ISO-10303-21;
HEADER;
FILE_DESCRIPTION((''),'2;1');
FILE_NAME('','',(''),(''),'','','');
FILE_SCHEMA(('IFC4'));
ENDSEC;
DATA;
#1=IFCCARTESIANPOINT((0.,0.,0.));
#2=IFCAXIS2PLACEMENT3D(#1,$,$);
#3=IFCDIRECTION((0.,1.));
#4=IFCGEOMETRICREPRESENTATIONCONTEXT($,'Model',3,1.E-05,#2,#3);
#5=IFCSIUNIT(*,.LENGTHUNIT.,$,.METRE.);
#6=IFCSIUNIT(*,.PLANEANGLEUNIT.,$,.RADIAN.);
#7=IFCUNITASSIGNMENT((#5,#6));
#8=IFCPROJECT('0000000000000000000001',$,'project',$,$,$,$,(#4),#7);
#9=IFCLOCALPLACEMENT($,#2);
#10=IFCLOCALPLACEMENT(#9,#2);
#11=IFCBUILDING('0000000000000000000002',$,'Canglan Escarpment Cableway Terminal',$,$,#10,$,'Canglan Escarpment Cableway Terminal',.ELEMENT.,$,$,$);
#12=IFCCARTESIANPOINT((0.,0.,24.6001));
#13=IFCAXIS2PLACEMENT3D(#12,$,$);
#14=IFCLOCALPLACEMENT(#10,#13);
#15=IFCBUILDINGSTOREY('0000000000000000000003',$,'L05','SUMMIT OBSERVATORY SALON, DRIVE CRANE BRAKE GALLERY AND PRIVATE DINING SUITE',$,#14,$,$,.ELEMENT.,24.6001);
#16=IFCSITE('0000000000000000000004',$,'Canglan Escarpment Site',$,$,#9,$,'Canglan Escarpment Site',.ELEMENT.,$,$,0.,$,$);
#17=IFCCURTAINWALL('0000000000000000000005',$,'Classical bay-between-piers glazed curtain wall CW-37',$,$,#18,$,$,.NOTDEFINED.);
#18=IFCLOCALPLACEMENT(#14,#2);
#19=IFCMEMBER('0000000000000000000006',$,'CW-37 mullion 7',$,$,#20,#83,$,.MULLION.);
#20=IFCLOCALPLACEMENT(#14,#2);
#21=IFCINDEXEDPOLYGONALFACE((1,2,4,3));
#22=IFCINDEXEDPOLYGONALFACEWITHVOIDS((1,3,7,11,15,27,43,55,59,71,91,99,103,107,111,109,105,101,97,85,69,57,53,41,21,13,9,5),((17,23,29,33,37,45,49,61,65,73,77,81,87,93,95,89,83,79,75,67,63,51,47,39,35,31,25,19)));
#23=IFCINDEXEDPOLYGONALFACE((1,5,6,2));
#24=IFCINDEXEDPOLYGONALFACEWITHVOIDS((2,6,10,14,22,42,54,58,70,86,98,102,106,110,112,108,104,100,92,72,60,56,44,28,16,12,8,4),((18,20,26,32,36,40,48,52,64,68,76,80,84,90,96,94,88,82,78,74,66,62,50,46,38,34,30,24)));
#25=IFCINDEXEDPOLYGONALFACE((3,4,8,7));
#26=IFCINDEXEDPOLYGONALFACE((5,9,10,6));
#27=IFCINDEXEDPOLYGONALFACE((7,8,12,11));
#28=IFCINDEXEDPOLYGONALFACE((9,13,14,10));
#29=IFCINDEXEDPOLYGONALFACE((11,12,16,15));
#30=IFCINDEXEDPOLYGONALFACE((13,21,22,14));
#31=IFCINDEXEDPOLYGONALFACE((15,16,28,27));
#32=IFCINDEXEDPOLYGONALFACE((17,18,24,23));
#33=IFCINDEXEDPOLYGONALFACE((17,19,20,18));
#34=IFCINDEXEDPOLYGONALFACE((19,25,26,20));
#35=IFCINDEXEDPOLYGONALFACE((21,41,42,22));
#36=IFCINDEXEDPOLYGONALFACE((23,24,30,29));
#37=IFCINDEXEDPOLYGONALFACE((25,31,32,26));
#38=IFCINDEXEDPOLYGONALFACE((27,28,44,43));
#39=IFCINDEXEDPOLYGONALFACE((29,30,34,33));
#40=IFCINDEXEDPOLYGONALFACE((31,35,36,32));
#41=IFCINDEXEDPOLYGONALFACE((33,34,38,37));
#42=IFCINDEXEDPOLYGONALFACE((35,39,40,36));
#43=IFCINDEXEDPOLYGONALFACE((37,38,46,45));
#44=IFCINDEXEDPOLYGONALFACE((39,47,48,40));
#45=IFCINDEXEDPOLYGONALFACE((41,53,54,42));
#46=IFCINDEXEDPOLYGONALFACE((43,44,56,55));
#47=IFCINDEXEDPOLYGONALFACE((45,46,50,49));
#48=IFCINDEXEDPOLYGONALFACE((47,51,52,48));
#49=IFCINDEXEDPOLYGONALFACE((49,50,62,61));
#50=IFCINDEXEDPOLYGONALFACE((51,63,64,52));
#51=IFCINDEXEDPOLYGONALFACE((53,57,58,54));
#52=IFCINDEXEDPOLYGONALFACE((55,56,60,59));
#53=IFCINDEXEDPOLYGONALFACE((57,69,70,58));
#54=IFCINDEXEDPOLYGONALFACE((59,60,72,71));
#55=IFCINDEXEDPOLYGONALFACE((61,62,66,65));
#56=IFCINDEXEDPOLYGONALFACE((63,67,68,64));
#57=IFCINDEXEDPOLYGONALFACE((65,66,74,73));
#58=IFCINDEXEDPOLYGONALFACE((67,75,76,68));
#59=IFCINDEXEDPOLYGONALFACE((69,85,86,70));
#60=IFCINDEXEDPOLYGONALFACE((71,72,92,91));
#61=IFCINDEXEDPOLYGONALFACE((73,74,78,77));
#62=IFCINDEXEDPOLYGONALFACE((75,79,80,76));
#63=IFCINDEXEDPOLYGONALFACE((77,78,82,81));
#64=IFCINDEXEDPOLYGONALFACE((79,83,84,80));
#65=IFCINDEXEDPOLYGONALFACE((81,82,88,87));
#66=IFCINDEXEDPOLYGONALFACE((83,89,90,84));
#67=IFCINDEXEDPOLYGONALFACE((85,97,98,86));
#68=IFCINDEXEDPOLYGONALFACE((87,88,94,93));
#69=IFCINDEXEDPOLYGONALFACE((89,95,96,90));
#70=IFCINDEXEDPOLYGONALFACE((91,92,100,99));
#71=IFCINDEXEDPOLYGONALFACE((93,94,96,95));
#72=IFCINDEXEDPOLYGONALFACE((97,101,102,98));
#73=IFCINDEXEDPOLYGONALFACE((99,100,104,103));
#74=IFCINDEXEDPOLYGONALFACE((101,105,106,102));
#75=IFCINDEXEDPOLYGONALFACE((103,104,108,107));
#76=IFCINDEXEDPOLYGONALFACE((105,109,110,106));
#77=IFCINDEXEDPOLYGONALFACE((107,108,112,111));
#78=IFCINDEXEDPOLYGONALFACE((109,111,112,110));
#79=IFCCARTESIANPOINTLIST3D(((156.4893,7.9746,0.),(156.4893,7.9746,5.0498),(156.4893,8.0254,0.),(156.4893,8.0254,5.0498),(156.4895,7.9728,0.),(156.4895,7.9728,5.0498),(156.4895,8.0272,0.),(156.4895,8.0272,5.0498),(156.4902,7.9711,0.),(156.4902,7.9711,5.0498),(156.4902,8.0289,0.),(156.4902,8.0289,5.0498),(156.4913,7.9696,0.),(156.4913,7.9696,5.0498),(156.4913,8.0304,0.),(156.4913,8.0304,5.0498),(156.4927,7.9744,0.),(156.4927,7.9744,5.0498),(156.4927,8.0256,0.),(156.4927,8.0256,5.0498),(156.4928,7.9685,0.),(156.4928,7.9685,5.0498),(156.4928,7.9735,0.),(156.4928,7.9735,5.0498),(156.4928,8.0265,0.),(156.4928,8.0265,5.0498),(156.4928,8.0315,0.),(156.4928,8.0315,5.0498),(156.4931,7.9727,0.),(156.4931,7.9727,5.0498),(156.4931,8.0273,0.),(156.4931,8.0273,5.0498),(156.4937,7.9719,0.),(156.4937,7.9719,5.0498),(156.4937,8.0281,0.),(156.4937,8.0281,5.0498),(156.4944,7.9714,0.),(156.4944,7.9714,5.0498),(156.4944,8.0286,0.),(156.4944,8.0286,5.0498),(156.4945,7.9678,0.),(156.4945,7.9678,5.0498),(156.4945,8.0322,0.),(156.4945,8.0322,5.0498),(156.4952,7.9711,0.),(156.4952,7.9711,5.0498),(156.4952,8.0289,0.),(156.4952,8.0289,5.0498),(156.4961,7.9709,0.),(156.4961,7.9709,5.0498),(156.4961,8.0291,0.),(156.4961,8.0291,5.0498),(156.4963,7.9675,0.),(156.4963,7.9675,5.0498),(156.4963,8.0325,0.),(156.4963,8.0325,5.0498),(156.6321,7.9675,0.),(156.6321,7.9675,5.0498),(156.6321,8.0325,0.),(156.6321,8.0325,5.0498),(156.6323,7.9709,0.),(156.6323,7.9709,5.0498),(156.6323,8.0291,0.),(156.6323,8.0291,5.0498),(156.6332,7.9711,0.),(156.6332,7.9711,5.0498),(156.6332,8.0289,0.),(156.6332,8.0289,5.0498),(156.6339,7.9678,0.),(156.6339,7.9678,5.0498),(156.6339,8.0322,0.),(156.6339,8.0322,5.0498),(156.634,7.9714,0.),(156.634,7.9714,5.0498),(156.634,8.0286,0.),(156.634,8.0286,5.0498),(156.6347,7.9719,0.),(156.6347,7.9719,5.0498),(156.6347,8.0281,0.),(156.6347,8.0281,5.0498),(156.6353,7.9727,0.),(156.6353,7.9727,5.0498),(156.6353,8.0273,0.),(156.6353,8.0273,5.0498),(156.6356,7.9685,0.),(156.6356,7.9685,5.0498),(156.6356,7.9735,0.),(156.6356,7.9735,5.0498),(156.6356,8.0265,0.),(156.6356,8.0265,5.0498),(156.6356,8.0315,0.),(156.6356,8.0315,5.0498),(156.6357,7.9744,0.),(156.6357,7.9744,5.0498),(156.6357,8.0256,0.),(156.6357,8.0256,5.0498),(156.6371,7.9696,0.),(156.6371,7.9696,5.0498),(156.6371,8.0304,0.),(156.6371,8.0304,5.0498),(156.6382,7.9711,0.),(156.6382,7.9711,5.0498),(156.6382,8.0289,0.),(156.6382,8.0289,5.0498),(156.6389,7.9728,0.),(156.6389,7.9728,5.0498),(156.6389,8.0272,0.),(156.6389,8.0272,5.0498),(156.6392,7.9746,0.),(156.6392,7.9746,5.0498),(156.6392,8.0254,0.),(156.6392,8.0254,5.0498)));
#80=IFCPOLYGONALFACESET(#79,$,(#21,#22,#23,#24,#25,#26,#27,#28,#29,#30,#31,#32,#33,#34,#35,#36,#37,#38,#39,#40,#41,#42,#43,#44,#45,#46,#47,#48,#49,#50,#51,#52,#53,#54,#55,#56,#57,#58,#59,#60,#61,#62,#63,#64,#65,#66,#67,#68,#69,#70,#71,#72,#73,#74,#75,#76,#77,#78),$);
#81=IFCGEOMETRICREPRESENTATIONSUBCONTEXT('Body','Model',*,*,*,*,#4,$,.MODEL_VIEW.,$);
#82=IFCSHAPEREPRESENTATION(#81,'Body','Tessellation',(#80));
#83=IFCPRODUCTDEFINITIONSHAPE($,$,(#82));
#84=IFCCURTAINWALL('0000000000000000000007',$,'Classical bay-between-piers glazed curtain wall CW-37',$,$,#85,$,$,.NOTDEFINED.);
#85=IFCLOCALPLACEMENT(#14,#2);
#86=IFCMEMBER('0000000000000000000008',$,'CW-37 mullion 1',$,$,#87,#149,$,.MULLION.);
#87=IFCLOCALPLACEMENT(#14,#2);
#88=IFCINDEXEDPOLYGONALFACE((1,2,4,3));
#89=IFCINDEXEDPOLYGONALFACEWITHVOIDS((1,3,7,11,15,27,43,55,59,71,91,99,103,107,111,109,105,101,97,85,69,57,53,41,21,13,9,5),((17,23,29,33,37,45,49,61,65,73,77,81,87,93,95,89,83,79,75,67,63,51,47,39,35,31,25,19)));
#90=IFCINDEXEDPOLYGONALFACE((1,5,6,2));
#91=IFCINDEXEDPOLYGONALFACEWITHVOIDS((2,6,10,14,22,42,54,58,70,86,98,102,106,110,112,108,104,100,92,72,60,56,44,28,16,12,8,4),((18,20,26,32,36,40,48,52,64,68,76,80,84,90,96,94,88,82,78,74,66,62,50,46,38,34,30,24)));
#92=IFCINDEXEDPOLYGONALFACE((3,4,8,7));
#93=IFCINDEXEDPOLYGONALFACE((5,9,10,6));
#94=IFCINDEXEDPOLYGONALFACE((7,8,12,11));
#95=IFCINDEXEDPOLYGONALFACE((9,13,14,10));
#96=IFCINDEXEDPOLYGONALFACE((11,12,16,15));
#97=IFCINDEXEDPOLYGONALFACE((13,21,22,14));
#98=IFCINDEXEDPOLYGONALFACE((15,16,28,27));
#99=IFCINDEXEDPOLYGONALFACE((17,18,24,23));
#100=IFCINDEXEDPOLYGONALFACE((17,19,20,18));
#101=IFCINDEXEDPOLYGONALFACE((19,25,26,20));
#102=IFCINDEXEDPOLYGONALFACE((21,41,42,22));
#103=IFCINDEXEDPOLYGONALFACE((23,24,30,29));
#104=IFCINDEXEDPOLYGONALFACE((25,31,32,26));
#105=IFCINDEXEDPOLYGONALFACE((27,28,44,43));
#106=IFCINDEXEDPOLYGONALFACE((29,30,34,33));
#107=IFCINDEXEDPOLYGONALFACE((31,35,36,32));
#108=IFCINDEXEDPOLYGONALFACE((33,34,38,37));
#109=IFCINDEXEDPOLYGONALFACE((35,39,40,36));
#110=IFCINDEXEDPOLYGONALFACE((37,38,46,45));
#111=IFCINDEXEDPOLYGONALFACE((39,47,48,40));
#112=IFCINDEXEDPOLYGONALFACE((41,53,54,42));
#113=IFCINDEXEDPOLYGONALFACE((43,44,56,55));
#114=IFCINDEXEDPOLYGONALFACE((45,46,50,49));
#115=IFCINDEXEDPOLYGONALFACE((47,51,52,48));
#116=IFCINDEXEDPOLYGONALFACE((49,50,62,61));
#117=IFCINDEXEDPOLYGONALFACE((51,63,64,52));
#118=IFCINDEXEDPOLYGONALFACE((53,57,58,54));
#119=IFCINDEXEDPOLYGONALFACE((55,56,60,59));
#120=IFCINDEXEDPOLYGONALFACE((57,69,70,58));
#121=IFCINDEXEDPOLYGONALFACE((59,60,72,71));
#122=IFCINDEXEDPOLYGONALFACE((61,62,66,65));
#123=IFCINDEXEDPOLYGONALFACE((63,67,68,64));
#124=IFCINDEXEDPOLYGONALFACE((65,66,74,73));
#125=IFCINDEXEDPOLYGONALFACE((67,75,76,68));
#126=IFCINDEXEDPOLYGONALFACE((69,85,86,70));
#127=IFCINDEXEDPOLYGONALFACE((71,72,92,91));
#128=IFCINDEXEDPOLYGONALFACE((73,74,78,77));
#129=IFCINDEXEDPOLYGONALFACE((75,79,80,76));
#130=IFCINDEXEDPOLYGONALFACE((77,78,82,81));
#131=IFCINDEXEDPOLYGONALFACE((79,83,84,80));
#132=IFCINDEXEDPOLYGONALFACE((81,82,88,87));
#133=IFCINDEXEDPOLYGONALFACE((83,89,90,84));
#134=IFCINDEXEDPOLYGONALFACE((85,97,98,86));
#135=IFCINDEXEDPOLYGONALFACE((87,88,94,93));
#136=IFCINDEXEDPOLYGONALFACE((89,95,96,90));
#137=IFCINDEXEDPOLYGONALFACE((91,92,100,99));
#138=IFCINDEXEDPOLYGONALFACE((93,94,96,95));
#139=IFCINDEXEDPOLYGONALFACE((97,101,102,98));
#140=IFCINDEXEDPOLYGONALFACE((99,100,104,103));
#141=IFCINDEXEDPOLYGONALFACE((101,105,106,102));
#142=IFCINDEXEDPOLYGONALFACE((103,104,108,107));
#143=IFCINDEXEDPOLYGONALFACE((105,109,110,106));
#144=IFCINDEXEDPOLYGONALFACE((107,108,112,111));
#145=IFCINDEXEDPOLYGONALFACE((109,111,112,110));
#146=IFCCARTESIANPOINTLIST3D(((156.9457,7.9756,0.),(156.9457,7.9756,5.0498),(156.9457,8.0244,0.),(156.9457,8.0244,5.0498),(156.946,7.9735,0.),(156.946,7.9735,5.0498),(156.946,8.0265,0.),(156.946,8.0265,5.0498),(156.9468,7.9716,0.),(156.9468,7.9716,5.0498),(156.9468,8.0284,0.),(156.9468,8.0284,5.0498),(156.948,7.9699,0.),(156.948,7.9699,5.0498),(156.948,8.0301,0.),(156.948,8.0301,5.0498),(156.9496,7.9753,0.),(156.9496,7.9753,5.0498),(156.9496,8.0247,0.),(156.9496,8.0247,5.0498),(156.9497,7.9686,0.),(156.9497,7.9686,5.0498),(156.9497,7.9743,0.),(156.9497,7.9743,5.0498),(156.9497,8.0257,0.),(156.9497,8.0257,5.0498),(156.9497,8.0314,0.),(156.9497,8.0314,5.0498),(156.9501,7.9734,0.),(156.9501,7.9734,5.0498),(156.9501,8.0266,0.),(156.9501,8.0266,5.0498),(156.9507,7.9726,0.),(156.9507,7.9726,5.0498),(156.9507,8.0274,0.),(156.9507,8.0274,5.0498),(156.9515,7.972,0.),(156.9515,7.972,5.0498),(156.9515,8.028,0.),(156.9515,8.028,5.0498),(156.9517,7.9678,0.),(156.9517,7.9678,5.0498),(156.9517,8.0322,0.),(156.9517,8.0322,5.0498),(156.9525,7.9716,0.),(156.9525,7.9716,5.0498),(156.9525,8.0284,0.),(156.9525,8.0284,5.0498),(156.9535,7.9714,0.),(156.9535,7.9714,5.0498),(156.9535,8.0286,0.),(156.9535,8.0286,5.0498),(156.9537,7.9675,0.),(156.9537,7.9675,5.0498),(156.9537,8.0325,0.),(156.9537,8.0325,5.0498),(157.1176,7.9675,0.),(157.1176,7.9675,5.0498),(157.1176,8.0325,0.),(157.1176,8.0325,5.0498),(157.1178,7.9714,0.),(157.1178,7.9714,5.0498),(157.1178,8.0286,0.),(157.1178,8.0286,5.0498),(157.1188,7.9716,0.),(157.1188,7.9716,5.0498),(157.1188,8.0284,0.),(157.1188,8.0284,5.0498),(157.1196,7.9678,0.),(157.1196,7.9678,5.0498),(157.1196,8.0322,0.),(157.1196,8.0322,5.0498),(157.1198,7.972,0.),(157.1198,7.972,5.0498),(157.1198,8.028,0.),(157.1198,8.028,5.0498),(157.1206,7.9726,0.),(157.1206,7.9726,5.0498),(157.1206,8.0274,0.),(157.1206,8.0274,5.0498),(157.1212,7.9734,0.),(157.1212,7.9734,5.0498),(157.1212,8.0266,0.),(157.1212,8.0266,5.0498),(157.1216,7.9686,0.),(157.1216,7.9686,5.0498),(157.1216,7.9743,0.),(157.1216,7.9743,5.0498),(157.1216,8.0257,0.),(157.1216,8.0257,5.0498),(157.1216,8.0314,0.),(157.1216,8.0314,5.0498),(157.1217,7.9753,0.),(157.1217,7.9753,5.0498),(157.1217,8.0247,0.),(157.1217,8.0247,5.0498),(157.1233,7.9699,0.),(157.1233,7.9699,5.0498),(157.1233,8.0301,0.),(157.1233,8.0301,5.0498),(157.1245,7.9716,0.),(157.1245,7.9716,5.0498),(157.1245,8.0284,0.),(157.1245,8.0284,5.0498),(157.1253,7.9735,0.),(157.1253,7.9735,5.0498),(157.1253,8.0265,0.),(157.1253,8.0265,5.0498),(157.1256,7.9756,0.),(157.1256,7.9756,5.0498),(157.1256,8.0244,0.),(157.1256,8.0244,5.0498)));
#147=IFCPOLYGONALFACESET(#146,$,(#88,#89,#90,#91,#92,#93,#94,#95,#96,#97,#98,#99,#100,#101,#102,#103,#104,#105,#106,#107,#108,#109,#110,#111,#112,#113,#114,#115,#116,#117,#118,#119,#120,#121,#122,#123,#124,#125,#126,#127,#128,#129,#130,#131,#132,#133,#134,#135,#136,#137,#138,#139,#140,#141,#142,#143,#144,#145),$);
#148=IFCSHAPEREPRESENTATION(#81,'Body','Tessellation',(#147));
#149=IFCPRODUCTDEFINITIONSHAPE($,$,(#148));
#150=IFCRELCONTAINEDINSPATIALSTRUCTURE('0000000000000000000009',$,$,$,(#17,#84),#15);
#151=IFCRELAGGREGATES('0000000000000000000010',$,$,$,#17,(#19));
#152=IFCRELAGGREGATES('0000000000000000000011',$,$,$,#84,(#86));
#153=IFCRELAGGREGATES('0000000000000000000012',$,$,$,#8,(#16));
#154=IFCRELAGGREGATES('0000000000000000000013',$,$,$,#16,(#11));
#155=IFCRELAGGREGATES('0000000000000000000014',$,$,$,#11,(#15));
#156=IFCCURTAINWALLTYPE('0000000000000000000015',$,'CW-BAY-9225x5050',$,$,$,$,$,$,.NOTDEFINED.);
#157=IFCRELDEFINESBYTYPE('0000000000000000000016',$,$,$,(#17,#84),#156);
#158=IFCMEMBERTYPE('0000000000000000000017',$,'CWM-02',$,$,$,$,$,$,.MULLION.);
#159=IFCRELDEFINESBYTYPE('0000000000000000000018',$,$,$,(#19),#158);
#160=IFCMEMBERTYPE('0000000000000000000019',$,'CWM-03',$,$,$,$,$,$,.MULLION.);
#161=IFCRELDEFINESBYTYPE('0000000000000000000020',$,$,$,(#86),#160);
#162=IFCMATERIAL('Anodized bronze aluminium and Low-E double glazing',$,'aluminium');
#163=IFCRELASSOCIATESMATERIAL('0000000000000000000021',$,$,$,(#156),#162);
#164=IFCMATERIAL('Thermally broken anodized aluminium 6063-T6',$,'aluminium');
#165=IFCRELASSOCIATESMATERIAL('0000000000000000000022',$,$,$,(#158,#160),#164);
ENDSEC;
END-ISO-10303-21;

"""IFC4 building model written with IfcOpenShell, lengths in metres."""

from ifc_helpers import new_model, si_unit, direction, frame, origin, origin_2d, place, context, subcontext, project, spatial, hollow_rectangle, extrude, material, material_profile, profile_set, type_object, element, aggregate, save


model = new_model("IFC4")

# Units and contexts
model_context = context("Model", 3, precision=1e-05, world=origin(), true_north=direction((0.0, 1.0)))
body_context = subcontext(model_context, "Body", "Model", "MODEL_VIEW")
ifc_project = project(units=[si_unit("LENGTHUNIT", "METRE"), si_unit("PLANEANGLEUNIT", "RADIAN")], contexts=[model_context])

# Site, building, storey
site_placement = place(None, origin())
site = spatial("IfcSite", under=ifc_project, at=site_placement, Name="Canglan Escarpment Site", LongName="Canglan Escarpment Site", CompositionType="ELEMENT", RefElevation=0.0)
building_placement = place(site_placement, origin())
building = spatial("IfcBuilding", under=site, at=building_placement, Name="Canglan Escarpment Cableway Terminal", LongName="Canglan Escarpment Cableway Terminal", CompositionType="ELEMENT")
storey_placement = place(building_placement, frame((0.0, 0.0, 24.6001)))
storey = spatial("IfcBuildingStorey", under=building, at=storey_placement, Name="L05", Description="SUMMIT OBSERVATORY SALON, DRIVE CRANE BRAKE GALLERY AND PRIVATE DINING SUITE", CompositionType="ELEMENT", Elevation=24.6001)

# Curtain walls, members
ifc_material_1 = material(Name="Anodized bronze aluminium and Low-E double glazing", Category="aluminium")
curtain_wall_type = type_object("IfcCurtainWallType", Name="CW-BAY-9225x5050", PredefinedType="NOTDEFINED", material=ifc_material_1)
curtain_wall_1_placement = place(storey_placement, origin())
curtain_wall_1 = element("IfcCurtainWall", 1, at=curtain_wall_1_placement, inside=storey, type_object=curtain_wall_type, Name="Classical bay-between-piers glazed curtain wall CW-37", PredefinedType="NOTDEFINED")
ifc_material_2 = material(Name="Thermally broken anodized aluminium 6063-T6", Category="aluminium")
ifc_material_profile_1 = material_profile(ifc_material_2, hollow_rectangle(XDim=0.0649, YDim=0.1499, WallThickness=0.0034, InnerFilletRadius=0.0034, OuterFilletRadius=0.0071, at=origin_2d()), Name="ALU-MULL 65x150x3.5")
ifc_profile_set_1 = profile_set([ifc_material_profile_1], Name="Thermally broken anodized aluminium 6063-T6")
member_type_1 = type_object("IfcMemberType", Name="CWM-02", PredefinedType="MULLION", material=ifc_profile_set_1)
member_1_placement = place(storey_placement, frame((156.5642, 8.0, 0.0), z_axis=(0.0, 0.0, 1.0), x_axis=(0.0, 1.0, 0.0)))
member_1 = element("IfcMember", 2, at=member_1_placement, type_object=member_type_1, Name="CW-37 mullion 7", PredefinedType="MULLION", context=body_context, shape_type="SweptSolid", body=[
    extrude(hollow_rectangle(XDim=0.0649, YDim=0.1499, WallThickness=0.0034, InnerFilletRadius=0.0034, OuterFilletRadius=0.0071, at=origin_2d()), origin(), (0.0, 0.0, 1.0), 5.0498),
])
curtain_wall_2_placement = place(storey_placement, origin())
curtain_wall_2 = element("IfcCurtainWall", 3, at=curtain_wall_2_placement, inside=storey, type_object=curtain_wall_type, Name="Classical bay-between-piers glazed curtain wall CW-37", PredefinedType="NOTDEFINED")
ifc_material_profile_2 = material_profile(ifc_material_2, hollow_rectangle(XDim=0.0649, YDim=0.1799, WallThickness=0.0039, InnerFilletRadius=0.0039, OuterFilletRadius=0.0081, at=origin_2d()), Name="ALU-MULL 65x180x4")
ifc_profile_set_2 = profile_set([ifc_material_profile_2], Name="Thermally broken anodized aluminium 6063-T6")
member_type_2 = type_object("IfcMemberType", Name="CWM-03", PredefinedType="MULLION", material=ifc_profile_set_2)
member_2_placement = place(storey_placement, frame((157.0356, 8.0, 0.0), z_axis=(0.0, 0.0, 1.0), x_axis=(0.0, 1.0, 0.0)))
member_2 = element("IfcMember", 4, at=member_2_placement, type_object=member_type_2, Name="CW-37 mullion 1", PredefinedType="MULLION", context=body_context, shape_type="SweptSolid", body=[
    extrude(hollow_rectangle(XDim=0.0649, YDim=0.1799, WallThickness=0.0039, InnerFilletRadius=0.0039, OuterFilletRadius=0.0081, at=origin_2d()), origin(), (0.0, 0.0, 1.0), 5.0498),
])

aggregate(curtain_wall_1, [member_1])
aggregate(curtain_wall_2, [member_2])

save(model, "model.ifc")
